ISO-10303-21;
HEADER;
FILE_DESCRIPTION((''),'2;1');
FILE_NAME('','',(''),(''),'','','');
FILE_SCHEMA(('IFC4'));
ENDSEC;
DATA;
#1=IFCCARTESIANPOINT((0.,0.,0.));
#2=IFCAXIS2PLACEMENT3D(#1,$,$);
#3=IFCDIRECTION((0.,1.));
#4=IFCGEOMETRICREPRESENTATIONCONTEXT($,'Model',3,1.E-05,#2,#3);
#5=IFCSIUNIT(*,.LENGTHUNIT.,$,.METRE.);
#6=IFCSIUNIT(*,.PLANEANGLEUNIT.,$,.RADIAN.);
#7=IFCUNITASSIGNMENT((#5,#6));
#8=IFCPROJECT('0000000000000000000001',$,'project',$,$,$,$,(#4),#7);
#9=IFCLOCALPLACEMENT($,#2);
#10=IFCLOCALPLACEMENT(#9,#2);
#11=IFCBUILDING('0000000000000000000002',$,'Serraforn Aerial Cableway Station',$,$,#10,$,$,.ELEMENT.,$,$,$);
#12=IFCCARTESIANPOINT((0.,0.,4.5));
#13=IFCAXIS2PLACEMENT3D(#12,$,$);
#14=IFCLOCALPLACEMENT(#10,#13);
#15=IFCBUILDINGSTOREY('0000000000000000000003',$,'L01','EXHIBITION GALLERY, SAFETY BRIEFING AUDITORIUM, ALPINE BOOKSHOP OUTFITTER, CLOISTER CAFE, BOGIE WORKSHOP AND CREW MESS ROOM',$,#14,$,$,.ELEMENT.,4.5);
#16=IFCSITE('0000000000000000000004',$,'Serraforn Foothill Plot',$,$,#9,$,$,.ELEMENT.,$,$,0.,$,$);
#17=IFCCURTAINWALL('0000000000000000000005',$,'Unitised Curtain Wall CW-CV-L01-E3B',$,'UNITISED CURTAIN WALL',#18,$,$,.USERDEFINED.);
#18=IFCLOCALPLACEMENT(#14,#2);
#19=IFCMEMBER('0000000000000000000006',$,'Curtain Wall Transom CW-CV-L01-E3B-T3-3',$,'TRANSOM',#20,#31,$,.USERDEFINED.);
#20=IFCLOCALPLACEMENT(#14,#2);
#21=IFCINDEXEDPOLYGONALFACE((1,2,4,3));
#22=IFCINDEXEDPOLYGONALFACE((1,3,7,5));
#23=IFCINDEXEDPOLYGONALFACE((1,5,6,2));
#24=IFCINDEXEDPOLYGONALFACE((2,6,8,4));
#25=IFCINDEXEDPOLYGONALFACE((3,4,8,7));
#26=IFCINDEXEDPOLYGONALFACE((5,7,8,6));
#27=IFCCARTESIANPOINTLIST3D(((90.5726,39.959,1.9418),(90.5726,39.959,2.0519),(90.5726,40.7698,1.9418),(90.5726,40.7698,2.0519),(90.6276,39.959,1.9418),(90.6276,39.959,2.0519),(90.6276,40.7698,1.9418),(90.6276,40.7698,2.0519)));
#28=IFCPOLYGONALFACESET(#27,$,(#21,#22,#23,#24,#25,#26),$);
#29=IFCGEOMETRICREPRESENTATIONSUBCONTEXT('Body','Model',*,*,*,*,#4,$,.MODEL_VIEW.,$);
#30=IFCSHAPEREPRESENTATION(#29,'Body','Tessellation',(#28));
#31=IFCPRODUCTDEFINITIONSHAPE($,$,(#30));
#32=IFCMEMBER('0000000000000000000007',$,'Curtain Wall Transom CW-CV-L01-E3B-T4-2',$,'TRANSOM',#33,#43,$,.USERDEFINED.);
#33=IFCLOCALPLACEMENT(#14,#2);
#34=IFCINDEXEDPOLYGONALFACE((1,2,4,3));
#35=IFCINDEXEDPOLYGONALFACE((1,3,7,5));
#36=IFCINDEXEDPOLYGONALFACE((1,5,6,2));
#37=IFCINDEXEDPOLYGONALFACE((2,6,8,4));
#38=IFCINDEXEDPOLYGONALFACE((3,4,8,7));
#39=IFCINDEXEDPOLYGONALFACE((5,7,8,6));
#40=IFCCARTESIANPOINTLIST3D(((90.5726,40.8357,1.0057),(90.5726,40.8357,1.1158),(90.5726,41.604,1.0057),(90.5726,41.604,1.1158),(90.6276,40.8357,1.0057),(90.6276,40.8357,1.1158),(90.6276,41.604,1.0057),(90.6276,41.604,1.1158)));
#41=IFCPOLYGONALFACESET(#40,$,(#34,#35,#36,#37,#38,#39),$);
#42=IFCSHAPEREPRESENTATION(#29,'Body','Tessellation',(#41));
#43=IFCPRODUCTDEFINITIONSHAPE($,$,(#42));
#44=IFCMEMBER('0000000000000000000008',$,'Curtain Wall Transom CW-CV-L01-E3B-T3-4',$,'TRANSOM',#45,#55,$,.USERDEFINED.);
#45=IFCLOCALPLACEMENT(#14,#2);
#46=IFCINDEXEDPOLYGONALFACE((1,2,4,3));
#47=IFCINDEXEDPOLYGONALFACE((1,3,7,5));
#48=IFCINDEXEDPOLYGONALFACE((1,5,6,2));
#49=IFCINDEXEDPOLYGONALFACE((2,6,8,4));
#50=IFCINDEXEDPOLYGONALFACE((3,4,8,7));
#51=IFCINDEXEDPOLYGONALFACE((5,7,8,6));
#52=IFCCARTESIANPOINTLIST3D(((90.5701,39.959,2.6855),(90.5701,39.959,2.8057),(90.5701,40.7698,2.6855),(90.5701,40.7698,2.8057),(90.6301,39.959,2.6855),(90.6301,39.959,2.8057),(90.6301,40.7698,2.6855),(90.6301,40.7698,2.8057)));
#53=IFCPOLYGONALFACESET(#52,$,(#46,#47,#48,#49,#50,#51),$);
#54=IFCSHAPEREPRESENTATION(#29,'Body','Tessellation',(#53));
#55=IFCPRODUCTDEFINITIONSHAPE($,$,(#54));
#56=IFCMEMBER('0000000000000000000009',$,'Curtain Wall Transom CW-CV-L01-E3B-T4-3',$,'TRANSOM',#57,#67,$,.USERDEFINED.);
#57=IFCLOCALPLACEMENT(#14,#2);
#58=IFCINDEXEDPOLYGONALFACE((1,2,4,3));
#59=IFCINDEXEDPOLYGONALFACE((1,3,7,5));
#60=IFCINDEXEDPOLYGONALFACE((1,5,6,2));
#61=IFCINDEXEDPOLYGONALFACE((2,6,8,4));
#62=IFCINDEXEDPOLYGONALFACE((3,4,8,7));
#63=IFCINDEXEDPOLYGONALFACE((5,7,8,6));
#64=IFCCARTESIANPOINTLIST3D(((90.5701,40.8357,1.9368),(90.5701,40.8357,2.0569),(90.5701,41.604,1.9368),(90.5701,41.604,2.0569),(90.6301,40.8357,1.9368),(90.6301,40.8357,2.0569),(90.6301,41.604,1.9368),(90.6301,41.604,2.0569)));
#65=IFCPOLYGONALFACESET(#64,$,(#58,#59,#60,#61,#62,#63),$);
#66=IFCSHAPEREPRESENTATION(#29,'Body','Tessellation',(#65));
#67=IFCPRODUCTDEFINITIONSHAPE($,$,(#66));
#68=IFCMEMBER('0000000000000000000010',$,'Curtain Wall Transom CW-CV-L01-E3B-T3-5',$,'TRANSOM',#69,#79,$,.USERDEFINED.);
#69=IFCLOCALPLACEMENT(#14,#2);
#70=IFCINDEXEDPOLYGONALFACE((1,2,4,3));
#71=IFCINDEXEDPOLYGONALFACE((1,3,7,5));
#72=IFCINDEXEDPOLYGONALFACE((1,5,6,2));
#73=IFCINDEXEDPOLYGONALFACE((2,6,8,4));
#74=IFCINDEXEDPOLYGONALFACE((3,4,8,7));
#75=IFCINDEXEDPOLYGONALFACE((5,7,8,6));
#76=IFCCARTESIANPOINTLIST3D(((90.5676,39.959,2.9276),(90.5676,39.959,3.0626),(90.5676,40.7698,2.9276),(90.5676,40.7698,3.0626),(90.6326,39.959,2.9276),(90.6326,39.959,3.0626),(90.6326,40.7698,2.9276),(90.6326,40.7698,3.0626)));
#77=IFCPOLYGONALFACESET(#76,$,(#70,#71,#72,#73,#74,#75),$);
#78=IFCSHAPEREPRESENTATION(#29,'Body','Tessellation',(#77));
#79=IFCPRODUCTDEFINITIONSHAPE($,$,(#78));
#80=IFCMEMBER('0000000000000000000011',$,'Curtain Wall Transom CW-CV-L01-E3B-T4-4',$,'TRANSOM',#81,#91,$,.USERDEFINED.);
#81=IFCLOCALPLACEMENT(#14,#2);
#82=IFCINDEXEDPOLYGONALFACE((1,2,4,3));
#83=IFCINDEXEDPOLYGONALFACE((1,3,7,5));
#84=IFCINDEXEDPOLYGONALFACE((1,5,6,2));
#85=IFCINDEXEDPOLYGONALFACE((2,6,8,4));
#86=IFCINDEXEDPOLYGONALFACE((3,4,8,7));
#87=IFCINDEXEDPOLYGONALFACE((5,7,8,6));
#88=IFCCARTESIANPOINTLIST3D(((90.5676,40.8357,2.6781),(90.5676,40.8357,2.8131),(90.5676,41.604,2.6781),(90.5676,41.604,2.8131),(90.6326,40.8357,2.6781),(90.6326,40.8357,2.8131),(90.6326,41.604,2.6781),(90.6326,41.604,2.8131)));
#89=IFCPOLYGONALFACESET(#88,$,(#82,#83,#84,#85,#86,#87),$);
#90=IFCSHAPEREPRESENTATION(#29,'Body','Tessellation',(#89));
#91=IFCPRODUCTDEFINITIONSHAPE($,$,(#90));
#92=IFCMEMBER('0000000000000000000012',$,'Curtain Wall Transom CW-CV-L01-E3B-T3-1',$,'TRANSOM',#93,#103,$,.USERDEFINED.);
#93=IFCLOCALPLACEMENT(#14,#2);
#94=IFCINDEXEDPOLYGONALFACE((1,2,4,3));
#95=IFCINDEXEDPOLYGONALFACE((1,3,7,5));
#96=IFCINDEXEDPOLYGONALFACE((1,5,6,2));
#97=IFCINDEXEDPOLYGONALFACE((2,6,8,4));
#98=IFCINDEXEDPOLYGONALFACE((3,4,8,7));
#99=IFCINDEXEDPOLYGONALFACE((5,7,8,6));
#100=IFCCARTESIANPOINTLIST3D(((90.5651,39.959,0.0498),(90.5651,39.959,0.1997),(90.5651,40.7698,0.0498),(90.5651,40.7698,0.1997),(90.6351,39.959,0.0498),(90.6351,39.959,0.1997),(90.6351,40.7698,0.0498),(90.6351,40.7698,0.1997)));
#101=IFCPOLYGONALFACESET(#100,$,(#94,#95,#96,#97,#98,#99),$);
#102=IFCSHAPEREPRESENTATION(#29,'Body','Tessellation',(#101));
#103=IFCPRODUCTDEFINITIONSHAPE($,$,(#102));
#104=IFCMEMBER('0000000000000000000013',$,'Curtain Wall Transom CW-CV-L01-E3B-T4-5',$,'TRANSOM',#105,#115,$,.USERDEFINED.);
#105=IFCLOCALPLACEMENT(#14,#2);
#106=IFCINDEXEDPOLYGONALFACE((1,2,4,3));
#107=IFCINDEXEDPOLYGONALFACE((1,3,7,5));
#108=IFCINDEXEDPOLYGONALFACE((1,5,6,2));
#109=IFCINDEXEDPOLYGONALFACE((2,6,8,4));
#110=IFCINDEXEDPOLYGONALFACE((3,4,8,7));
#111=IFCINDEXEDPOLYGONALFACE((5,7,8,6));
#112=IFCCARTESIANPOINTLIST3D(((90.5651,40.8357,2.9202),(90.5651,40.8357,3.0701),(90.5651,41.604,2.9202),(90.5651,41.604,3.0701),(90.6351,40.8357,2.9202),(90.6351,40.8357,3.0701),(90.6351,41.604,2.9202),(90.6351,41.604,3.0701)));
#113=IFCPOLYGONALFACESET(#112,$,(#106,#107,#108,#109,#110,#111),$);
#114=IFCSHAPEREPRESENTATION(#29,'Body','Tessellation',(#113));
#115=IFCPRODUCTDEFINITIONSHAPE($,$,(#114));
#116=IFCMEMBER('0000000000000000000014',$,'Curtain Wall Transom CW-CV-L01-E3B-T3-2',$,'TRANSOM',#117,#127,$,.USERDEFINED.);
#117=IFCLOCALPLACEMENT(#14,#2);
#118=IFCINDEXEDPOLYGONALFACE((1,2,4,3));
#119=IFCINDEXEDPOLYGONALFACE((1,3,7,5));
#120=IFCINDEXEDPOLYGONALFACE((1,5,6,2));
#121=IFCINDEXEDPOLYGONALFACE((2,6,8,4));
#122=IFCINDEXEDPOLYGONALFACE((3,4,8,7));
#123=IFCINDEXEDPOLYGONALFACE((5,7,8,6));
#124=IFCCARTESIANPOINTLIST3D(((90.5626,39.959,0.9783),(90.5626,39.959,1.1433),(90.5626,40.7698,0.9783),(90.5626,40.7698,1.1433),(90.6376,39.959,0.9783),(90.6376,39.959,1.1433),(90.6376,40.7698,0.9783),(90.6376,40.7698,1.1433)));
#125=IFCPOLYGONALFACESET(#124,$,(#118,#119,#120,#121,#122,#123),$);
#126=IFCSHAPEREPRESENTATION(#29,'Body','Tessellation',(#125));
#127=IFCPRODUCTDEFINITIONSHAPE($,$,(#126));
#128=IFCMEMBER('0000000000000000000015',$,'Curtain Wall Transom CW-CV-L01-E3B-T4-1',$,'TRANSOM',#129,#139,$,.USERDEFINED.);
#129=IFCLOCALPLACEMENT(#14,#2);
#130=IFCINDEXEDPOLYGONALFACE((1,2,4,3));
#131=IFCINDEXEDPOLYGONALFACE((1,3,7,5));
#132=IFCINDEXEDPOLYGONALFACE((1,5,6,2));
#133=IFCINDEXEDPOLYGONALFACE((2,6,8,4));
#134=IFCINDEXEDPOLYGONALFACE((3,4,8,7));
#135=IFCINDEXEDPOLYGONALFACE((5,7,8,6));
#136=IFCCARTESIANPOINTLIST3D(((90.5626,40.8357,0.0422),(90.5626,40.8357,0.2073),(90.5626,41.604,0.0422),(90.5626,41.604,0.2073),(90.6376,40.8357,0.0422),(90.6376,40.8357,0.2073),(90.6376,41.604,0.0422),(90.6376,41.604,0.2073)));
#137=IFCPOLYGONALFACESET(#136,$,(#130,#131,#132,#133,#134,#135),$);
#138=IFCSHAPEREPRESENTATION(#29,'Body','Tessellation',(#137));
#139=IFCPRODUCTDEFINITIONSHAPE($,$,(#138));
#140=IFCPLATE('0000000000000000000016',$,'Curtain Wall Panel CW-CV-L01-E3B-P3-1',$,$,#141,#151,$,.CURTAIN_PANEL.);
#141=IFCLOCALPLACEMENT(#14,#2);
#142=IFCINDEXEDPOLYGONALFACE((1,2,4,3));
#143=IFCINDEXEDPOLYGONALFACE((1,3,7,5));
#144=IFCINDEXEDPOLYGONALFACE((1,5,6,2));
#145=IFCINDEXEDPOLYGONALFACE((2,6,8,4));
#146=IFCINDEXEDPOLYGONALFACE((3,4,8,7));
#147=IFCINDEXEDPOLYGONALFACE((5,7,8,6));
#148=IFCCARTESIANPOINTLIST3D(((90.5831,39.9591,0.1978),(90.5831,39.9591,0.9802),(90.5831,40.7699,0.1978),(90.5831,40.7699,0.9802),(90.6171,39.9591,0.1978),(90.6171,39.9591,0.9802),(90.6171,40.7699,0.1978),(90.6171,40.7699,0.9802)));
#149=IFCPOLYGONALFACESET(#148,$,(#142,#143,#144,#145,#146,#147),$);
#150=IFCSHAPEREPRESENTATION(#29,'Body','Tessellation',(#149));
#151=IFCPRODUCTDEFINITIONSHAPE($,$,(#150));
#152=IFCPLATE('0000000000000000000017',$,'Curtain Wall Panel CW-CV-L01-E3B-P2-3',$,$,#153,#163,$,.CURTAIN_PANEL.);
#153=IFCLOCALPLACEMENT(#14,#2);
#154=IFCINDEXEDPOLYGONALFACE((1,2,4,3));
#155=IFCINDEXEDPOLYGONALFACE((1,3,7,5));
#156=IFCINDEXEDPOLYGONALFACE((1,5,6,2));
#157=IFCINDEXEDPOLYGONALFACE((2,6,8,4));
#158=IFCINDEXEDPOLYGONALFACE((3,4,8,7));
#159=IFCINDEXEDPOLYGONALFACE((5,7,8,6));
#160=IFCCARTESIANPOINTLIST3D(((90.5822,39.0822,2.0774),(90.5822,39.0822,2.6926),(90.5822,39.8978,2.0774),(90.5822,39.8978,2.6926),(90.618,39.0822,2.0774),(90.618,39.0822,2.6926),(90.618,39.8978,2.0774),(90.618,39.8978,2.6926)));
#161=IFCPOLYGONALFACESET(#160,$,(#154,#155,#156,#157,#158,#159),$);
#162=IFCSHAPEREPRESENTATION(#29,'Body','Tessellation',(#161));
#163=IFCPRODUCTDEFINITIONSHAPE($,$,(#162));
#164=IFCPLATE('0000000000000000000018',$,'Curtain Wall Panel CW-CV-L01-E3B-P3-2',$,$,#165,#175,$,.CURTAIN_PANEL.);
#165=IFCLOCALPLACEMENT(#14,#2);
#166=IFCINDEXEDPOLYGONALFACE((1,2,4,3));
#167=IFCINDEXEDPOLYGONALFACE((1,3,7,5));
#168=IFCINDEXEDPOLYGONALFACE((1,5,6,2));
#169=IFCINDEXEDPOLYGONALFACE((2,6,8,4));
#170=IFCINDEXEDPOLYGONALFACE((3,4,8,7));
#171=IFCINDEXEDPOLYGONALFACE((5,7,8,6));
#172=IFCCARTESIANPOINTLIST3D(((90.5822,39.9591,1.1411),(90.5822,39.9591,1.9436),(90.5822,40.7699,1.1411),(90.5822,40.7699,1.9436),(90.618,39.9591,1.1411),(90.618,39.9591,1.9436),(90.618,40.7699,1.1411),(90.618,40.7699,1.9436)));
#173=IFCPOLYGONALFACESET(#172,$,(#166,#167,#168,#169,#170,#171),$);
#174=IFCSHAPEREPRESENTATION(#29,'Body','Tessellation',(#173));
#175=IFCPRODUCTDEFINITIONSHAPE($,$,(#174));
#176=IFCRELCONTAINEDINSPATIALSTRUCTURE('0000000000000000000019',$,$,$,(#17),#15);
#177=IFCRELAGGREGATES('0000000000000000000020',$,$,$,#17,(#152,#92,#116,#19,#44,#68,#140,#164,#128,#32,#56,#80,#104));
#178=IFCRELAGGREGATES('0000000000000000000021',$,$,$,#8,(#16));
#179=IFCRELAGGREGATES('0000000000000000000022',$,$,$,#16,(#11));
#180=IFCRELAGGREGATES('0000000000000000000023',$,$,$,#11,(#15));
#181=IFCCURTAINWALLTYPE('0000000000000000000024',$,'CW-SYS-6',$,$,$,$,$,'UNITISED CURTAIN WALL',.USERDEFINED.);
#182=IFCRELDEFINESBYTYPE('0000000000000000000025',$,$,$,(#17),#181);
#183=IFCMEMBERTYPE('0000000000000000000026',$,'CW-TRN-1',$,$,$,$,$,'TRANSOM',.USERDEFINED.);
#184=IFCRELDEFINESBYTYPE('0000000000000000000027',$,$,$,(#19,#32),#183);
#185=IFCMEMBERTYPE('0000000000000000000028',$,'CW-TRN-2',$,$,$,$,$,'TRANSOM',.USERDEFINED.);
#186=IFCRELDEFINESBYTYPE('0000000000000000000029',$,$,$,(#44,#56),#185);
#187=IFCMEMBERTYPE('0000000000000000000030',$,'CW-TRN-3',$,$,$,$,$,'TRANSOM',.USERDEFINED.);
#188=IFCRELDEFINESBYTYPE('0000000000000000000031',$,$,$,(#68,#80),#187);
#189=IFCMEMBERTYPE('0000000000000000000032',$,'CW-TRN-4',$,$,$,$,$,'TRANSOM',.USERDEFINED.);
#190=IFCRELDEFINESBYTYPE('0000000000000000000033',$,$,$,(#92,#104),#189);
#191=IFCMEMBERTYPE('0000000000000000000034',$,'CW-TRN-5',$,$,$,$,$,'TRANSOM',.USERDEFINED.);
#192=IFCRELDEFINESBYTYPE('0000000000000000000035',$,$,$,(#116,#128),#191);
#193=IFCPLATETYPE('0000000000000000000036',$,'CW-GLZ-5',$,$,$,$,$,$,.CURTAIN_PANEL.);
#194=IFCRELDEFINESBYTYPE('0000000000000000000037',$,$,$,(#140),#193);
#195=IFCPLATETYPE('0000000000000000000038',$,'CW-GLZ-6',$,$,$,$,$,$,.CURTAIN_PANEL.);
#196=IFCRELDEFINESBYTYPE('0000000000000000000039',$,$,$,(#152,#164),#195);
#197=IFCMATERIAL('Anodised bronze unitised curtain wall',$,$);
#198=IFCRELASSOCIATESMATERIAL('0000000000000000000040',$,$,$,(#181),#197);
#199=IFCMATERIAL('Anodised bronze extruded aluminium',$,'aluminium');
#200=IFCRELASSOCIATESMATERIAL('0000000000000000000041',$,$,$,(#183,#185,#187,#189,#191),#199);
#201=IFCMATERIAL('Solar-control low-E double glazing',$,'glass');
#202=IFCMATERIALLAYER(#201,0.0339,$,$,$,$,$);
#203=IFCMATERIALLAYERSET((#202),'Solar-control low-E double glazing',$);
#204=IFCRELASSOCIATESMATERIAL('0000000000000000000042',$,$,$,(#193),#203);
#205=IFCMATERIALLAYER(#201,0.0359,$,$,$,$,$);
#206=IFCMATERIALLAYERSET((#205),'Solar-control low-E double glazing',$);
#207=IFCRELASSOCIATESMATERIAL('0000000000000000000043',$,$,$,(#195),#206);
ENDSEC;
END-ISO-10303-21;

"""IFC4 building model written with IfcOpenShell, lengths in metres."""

from ifc_helpers import new_model, si_unit, direction, frame, origin, origin_2d, place, context, subcontext, project, spatial, rectangle, extrude, material, layer, layer_set, material_profile, profile_set, type_object, element, aggregate, save


model = new_model("IFC4")

# Units and contexts
model_context = context("Model", 3, precision=1e-05, world=origin(), true_north=direction((0.0, 1.0)))
body_context = subcontext(model_context, "Body", "Model", "MODEL_VIEW")
ifc_project = project(units=[si_unit("LENGTHUNIT", "METRE"), si_unit("PLANEANGLEUNIT", "RADIAN")], contexts=[model_context])

# Site, building, storey
site_placement = place(None, origin())
site = spatial("IfcSite", under=ifc_project, at=site_placement, Name="Serraforn Foothill Plot", CompositionType="ELEMENT", RefElevation=0.0)
building_placement = place(site_placement, origin())
building = spatial("IfcBuilding", under=site, at=building_placement, Name="Serraforn Aerial Cableway Station", CompositionType="ELEMENT")
storey_placement = place(building_placement, frame((0.0, 0.0, 4.5)))
storey = spatial("IfcBuildingStorey", under=building, at=storey_placement, Name="L01", Description="EXHIBITION GALLERY, SAFETY BRIEFING AUDITORIUM, ALPINE BOOKSHOP OUTFITTER, CLOISTER CAFE, BOGIE WORKSHOP AND CREW MESS ROOM", CompositionType="ELEMENT", Elevation=4.5)

# Curtain wall, members, plates
ifc_material_1 = material(Name="Anodised bronze unitised curtain wall")
curtain_wall_type = type_object("IfcCurtainWallType", Name="CW-SYS-6", ElementType="UNITISED CURTAIN WALL", PredefinedType="USERDEFINED", material=ifc_material_1)
curtain_wall_placement = place(storey_placement, origin())
curtain_wall = element("IfcCurtainWall", 1, at=curtain_wall_placement, inside=storey, type_object=curtain_wall_type, Name="Unitised Curtain Wall CW-CV-L01-E3B", ObjectType="UNITISED CURTAIN WALL", PredefinedType="USERDEFINED")
ifc_material_2 = material(Name="Anodised bronze extruded aluminium", Category="aluminium")
ifc_material_profile_1 = material_profile(ifc_material_2, rectangle(XDim=0.0549, YDim=0.1101, at=origin_2d()), Name="CW TRANSOM 55x110")
ifc_profile_set_1 = profile_set([ifc_material_profile_1], Name="Anodised bronze extruded aluminium")
member_type_1 = type_object("IfcMemberType", Name="CW-TRN-1", ElementType="TRANSOM", PredefinedType="USERDEFINED", material=ifc_profile_set_1)
member_1_placement = place(storey_placement, frame((90.6001, 39.959, 1.9968), z_axis=(0.0, 1.0, 0.0), x_axis=(-1.0, 0.0, 0.0)))
member_1 = element("IfcMember", 2, at=member_1_placement, type_object=member_type_1, Name="Curtain Wall Transom CW-CV-L01-E3B-T3-3", ObjectType="TRANSOM", PredefinedType="USERDEFINED", context=body_context, shape_type="SweptSolid", body=[
    extrude(rectangle(XDim=0.0549, YDim=0.1101, at=origin_2d()), origin(), (0.0, 0.0, 1.0), 0.8108),
])
member_2_placement = place(storey_placement, frame((90.6001, 40.8357, 1.0608), z_axis=(0.0, 1.0, 0.0), x_axis=(-1.0, 0.0, 0.0)))
member_2 = element("IfcMember", 3, at=member_2_placement, type_object=member_type_1, Name="Curtain Wall Transom CW-CV-L01-E3B-T4-2", ObjectType="TRANSOM", PredefinedType="USERDEFINED", context=body_context, shape_type="SweptSolid", body=[
    extrude(rectangle(XDim=0.0549, YDim=0.1101, at=origin_2d()), origin(), (0.0, 0.0, 1.0), 0.7683),
])
ifc_material_profile_2 = material_profile(ifc_material_2, rectangle(XDim=0.0601, YDim=0.1201, at=origin_2d()), Name="CW TRANSOM 60x120")
ifc_profile_set_2 = profile_set([ifc_material_profile_2], Name="Anodised bronze extruded aluminium")
member_type_2 = type_object("IfcMemberType", Name="CW-TRN-2", ElementType="TRANSOM", PredefinedType="USERDEFINED", material=ifc_profile_set_2)
member_3_placement = place(storey_placement, frame((90.6001, 39.959, 2.7456), z_axis=(0.0, 1.0, 0.0), x_axis=(-1.0, 0.0, 0.0)))
member_3 = element("IfcMember", 4, at=member_3_placement, type_object=member_type_2, Name="Curtain Wall Transom CW-CV-L01-E3B-T3-4", ObjectType="TRANSOM", PredefinedType="USERDEFINED", context=body_context, shape_type="SweptSolid", body=[
    extrude(rectangle(XDim=0.0601, YDim=0.1201, at=origin_2d()), origin(), (0.0, 0.0, 1.0), 0.8108),
])
member_4_placement = place(storey_placement, frame((90.6001, 40.8357, 1.9968), z_axis=(0.0, 1.0, 0.0), x_axis=(-1.0, 0.0, 0.0)))
member_4 = element("IfcMember", 5, at=member_4_placement, type_object=member_type_2, Name="Curtain Wall Transom CW-CV-L01-E3B-T4-3", ObjectType="TRANSOM", PredefinedType="USERDEFINED", context=body_context, shape_type="SweptSolid", body=[
    extrude(rectangle(XDim=0.0601, YDim=0.1201, at=origin_2d()), origin(), (0.0, 0.0, 1.0), 0.7683),
])
ifc_material_profile_3 = material_profile(ifc_material_2, rectangle(XDim=0.0649, YDim=0.135, at=origin_2d()), Name="CW TRANSOM 65x135")
ifc_profile_set_3 = profile_set([ifc_material_profile_3], Name="Anodised bronze extruded aluminium")
member_type_3 = type_object("IfcMemberType", Name="CW-TRN-3", ElementType="TRANSOM", PredefinedType="USERDEFINED", material=ifc_profile_set_3)
member_5_placement = place(storey_placement, frame((90.6001, 39.959, 2.9951), z_axis=(0.0, 1.0, 0.0), x_axis=(-1.0, 0.0, 0.0)))
member_5 = element("IfcMember", 6, at=member_5_placement, type_object=member_type_3, Name="Curtain Wall Transom CW-CV-L01-E3B-T3-5", ObjectType="TRANSOM", PredefinedType="USERDEFINED", context=body_context, shape_type="SweptSolid", body=[
    extrude(rectangle(XDim=0.0649, YDim=0.135, at=origin_2d()), origin(), (0.0, 0.0, 1.0), 0.8108),
])
member_6_placement = place(storey_placement, frame((90.6001, 40.8357, 2.7456), z_axis=(0.0, 1.0, 0.0), x_axis=(-1.0, 0.0, 0.0)))
member_6 = element("IfcMember", 7, at=member_6_placement, type_object=member_type_3, Name="Curtain Wall Transom CW-CV-L01-E3B-T4-4", ObjectType="TRANSOM", PredefinedType="USERDEFINED", context=body_context, shape_type="SweptSolid", body=[
    extrude(rectangle(XDim=0.0649, YDim=0.135, at=origin_2d()), origin(), (0.0, 0.0, 1.0), 0.7683),
])
ifc_material_profile_4 = material_profile(ifc_material_2, rectangle(XDim=0.0701, YDim=0.1499, at=origin_2d()), Name="CW TRANSOM 70x150")
ifc_profile_set_4 = profile_set([ifc_material_profile_4], Name="Anodised bronze extruded aluminium")
member_type_4 = type_object("IfcMemberType", Name="CW-TRN-4", ElementType="TRANSOM", PredefinedType="USERDEFINED", material=ifc_profile_set_4)
member_7_placement = place(storey_placement, frame((90.6001, 39.959, 0.1248), z_axis=(0.0, 1.0, 0.0), x_axis=(-1.0, 0.0, 0.0)))
member_7 = element("IfcMember", 8, at=member_7_placement, type_object=member_type_4, Name="Curtain Wall Transom CW-CV-L01-E3B-T3-1", ObjectType="TRANSOM", PredefinedType="USERDEFINED", context=body_context, shape_type="SweptSolid", body=[
    extrude(rectangle(XDim=0.0701, YDim=0.1499, at=origin_2d()), origin(), (0.0, 0.0, 1.0), 0.8108),
])
member_8_placement = place(storey_placement, frame((90.6001, 40.8357, 2.9951), z_axis=(0.0, 1.0, 0.0), x_axis=(-1.0, 0.0, 0.0)))
member_8 = element("IfcMember", 9, at=member_8_placement, type_object=member_type_4, Name="Curtain Wall Transom CW-CV-L01-E3B-T4-5", ObjectType="TRANSOM", PredefinedType="USERDEFINED", context=body_context, shape_type="SweptSolid", body=[
    extrude(rectangle(XDim=0.0701, YDim=0.1499, at=origin_2d()), origin(), (0.0, 0.0, 1.0), 0.7683),
])
ifc_material_profile_5 = material_profile(ifc_material_2, rectangle(XDim=0.075, YDim=0.165, at=origin_2d()), Name="CW TRANSOM 75x165")
ifc_profile_set_5 = profile_set([ifc_material_profile_5], Name="Anodised bronze extruded aluminium")
member_type_5 = type_object("IfcMemberType", Name="CW-TRN-5", ElementType="TRANSOM", PredefinedType="USERDEFINED", material=ifc_profile_set_5)
member_9_placement = place(storey_placement, frame((90.6001, 39.959, 1.0608), z_axis=(0.0, 1.0, 0.0), x_axis=(-1.0, 0.0, 0.0)))
member_9 = element("IfcMember", 10, at=member_9_placement, type_object=member_type_5, Name="Curtain Wall Transom CW-CV-L01-E3B-T3-2", ObjectType="TRANSOM", PredefinedType="USERDEFINED", context=body_context, shape_type="SweptSolid", body=[
    extrude(rectangle(XDim=0.075, YDim=0.165, at=origin_2d()), origin(), (0.0, 0.0, 1.0), 0.8108),
])
member_10_placement = place(storey_placement, frame((90.6001, 40.8357, 0.1248), z_axis=(0.0, 1.0, 0.0), x_axis=(-1.0, 0.0, 0.0)))
member_10 = element("IfcMember", 11, at=member_10_placement, type_object=member_type_5, Name="Curtain Wall Transom CW-CV-L01-E3B-T4-1", ObjectType="TRANSOM", PredefinedType="USERDEFINED", context=body_context, shape_type="SweptSolid", body=[
    extrude(rectangle(XDim=0.075, YDim=0.165, at=origin_2d()), origin(), (0.0, 0.0, 1.0), 0.7683),
])
ifc_material_3 = material(Name="Solar-control low-E double glazing", Category="glass")
ifc_layer_1 = layer(ifc_material_3, 0.0339)
ifc_layer_set_1 = layer_set([ifc_layer_1], Name="Solar-control low-E double glazing")
plate_type_1 = type_object("IfcPlateType", Name="CW-GLZ-5", PredefinedType="CURTAIN_PANEL", material=ifc_layer_set_1)
plate_1_placement = place(storey_placement, frame((90.6001, 40.3645, 0.1978), z_axis=(0.0, 0.0, 1.0), x_axis=(1.0, 0.0, 0.0)))
plate_1 = element("IfcPlate", 12, at=plate_1_placement, type_object=plate_type_1, Name="Curtain Wall Panel CW-CV-L01-E3B-P3-1", PredefinedType="CURTAIN_PANEL", context=body_context, shape_type="SweptSolid", body=[
    extrude(rectangle(XDim=0.0339, YDim=0.8108, at=origin_2d()), origin(), (0.0, 0.0, 1.0), 0.7825),
])
ifc_layer_2 = layer(ifc_material_3, 0.0359)
ifc_layer_set_2 = layer_set([ifc_layer_2], Name="Solar-control low-E double glazing")
plate_type_2 = type_object("IfcPlateType", Name="CW-GLZ-6", PredefinedType="CURTAIN_PANEL", material=ifc_layer_set_2)
plate_2_placement = place(storey_placement, frame((90.6001, 39.49, 2.0774), z_axis=(0.0, 0.0, 1.0), x_axis=(1.0, 0.0, 0.0)))
plate_2 = element("IfcPlate", 13, at=plate_2_placement, type_object=plate_type_2, Name="Curtain Wall Panel CW-CV-L01-E3B-P2-3", PredefinedType="CURTAIN_PANEL", context=body_context, shape_type="SweptSolid", body=[
    extrude(rectangle(XDim=0.0359, YDim=0.8157, at=origin_2d()), origin(), (0.0, 0.0, 1.0), 0.6152),
])
plate_3_placement = place(storey_placement, frame((90.6001, 40.3645, 1.1411), z_axis=(0.0, 0.0, 1.0), x_axis=(1.0, 0.0, 0.0)))
plate_3 = element("IfcPlate", 14, at=plate_3_placement, type_object=plate_type_2, Name="Curtain Wall Panel CW-CV-L01-E3B-P3-2", PredefinedType="CURTAIN_PANEL", context=body_context, shape_type="SweptSolid", body=[
    extrude(rectangle(XDim=0.0359, YDim=0.8108, at=origin_2d()), origin(), (0.0, 0.0, 1.0), 0.8025),
])
aggregate(curtain_wall, [plate_2, member_7, member_9, member_1, member_3, member_5, plate_1, plate_3, member_10, member_2, member_4, member_6, member_8])

save(model, "model.ifc")
